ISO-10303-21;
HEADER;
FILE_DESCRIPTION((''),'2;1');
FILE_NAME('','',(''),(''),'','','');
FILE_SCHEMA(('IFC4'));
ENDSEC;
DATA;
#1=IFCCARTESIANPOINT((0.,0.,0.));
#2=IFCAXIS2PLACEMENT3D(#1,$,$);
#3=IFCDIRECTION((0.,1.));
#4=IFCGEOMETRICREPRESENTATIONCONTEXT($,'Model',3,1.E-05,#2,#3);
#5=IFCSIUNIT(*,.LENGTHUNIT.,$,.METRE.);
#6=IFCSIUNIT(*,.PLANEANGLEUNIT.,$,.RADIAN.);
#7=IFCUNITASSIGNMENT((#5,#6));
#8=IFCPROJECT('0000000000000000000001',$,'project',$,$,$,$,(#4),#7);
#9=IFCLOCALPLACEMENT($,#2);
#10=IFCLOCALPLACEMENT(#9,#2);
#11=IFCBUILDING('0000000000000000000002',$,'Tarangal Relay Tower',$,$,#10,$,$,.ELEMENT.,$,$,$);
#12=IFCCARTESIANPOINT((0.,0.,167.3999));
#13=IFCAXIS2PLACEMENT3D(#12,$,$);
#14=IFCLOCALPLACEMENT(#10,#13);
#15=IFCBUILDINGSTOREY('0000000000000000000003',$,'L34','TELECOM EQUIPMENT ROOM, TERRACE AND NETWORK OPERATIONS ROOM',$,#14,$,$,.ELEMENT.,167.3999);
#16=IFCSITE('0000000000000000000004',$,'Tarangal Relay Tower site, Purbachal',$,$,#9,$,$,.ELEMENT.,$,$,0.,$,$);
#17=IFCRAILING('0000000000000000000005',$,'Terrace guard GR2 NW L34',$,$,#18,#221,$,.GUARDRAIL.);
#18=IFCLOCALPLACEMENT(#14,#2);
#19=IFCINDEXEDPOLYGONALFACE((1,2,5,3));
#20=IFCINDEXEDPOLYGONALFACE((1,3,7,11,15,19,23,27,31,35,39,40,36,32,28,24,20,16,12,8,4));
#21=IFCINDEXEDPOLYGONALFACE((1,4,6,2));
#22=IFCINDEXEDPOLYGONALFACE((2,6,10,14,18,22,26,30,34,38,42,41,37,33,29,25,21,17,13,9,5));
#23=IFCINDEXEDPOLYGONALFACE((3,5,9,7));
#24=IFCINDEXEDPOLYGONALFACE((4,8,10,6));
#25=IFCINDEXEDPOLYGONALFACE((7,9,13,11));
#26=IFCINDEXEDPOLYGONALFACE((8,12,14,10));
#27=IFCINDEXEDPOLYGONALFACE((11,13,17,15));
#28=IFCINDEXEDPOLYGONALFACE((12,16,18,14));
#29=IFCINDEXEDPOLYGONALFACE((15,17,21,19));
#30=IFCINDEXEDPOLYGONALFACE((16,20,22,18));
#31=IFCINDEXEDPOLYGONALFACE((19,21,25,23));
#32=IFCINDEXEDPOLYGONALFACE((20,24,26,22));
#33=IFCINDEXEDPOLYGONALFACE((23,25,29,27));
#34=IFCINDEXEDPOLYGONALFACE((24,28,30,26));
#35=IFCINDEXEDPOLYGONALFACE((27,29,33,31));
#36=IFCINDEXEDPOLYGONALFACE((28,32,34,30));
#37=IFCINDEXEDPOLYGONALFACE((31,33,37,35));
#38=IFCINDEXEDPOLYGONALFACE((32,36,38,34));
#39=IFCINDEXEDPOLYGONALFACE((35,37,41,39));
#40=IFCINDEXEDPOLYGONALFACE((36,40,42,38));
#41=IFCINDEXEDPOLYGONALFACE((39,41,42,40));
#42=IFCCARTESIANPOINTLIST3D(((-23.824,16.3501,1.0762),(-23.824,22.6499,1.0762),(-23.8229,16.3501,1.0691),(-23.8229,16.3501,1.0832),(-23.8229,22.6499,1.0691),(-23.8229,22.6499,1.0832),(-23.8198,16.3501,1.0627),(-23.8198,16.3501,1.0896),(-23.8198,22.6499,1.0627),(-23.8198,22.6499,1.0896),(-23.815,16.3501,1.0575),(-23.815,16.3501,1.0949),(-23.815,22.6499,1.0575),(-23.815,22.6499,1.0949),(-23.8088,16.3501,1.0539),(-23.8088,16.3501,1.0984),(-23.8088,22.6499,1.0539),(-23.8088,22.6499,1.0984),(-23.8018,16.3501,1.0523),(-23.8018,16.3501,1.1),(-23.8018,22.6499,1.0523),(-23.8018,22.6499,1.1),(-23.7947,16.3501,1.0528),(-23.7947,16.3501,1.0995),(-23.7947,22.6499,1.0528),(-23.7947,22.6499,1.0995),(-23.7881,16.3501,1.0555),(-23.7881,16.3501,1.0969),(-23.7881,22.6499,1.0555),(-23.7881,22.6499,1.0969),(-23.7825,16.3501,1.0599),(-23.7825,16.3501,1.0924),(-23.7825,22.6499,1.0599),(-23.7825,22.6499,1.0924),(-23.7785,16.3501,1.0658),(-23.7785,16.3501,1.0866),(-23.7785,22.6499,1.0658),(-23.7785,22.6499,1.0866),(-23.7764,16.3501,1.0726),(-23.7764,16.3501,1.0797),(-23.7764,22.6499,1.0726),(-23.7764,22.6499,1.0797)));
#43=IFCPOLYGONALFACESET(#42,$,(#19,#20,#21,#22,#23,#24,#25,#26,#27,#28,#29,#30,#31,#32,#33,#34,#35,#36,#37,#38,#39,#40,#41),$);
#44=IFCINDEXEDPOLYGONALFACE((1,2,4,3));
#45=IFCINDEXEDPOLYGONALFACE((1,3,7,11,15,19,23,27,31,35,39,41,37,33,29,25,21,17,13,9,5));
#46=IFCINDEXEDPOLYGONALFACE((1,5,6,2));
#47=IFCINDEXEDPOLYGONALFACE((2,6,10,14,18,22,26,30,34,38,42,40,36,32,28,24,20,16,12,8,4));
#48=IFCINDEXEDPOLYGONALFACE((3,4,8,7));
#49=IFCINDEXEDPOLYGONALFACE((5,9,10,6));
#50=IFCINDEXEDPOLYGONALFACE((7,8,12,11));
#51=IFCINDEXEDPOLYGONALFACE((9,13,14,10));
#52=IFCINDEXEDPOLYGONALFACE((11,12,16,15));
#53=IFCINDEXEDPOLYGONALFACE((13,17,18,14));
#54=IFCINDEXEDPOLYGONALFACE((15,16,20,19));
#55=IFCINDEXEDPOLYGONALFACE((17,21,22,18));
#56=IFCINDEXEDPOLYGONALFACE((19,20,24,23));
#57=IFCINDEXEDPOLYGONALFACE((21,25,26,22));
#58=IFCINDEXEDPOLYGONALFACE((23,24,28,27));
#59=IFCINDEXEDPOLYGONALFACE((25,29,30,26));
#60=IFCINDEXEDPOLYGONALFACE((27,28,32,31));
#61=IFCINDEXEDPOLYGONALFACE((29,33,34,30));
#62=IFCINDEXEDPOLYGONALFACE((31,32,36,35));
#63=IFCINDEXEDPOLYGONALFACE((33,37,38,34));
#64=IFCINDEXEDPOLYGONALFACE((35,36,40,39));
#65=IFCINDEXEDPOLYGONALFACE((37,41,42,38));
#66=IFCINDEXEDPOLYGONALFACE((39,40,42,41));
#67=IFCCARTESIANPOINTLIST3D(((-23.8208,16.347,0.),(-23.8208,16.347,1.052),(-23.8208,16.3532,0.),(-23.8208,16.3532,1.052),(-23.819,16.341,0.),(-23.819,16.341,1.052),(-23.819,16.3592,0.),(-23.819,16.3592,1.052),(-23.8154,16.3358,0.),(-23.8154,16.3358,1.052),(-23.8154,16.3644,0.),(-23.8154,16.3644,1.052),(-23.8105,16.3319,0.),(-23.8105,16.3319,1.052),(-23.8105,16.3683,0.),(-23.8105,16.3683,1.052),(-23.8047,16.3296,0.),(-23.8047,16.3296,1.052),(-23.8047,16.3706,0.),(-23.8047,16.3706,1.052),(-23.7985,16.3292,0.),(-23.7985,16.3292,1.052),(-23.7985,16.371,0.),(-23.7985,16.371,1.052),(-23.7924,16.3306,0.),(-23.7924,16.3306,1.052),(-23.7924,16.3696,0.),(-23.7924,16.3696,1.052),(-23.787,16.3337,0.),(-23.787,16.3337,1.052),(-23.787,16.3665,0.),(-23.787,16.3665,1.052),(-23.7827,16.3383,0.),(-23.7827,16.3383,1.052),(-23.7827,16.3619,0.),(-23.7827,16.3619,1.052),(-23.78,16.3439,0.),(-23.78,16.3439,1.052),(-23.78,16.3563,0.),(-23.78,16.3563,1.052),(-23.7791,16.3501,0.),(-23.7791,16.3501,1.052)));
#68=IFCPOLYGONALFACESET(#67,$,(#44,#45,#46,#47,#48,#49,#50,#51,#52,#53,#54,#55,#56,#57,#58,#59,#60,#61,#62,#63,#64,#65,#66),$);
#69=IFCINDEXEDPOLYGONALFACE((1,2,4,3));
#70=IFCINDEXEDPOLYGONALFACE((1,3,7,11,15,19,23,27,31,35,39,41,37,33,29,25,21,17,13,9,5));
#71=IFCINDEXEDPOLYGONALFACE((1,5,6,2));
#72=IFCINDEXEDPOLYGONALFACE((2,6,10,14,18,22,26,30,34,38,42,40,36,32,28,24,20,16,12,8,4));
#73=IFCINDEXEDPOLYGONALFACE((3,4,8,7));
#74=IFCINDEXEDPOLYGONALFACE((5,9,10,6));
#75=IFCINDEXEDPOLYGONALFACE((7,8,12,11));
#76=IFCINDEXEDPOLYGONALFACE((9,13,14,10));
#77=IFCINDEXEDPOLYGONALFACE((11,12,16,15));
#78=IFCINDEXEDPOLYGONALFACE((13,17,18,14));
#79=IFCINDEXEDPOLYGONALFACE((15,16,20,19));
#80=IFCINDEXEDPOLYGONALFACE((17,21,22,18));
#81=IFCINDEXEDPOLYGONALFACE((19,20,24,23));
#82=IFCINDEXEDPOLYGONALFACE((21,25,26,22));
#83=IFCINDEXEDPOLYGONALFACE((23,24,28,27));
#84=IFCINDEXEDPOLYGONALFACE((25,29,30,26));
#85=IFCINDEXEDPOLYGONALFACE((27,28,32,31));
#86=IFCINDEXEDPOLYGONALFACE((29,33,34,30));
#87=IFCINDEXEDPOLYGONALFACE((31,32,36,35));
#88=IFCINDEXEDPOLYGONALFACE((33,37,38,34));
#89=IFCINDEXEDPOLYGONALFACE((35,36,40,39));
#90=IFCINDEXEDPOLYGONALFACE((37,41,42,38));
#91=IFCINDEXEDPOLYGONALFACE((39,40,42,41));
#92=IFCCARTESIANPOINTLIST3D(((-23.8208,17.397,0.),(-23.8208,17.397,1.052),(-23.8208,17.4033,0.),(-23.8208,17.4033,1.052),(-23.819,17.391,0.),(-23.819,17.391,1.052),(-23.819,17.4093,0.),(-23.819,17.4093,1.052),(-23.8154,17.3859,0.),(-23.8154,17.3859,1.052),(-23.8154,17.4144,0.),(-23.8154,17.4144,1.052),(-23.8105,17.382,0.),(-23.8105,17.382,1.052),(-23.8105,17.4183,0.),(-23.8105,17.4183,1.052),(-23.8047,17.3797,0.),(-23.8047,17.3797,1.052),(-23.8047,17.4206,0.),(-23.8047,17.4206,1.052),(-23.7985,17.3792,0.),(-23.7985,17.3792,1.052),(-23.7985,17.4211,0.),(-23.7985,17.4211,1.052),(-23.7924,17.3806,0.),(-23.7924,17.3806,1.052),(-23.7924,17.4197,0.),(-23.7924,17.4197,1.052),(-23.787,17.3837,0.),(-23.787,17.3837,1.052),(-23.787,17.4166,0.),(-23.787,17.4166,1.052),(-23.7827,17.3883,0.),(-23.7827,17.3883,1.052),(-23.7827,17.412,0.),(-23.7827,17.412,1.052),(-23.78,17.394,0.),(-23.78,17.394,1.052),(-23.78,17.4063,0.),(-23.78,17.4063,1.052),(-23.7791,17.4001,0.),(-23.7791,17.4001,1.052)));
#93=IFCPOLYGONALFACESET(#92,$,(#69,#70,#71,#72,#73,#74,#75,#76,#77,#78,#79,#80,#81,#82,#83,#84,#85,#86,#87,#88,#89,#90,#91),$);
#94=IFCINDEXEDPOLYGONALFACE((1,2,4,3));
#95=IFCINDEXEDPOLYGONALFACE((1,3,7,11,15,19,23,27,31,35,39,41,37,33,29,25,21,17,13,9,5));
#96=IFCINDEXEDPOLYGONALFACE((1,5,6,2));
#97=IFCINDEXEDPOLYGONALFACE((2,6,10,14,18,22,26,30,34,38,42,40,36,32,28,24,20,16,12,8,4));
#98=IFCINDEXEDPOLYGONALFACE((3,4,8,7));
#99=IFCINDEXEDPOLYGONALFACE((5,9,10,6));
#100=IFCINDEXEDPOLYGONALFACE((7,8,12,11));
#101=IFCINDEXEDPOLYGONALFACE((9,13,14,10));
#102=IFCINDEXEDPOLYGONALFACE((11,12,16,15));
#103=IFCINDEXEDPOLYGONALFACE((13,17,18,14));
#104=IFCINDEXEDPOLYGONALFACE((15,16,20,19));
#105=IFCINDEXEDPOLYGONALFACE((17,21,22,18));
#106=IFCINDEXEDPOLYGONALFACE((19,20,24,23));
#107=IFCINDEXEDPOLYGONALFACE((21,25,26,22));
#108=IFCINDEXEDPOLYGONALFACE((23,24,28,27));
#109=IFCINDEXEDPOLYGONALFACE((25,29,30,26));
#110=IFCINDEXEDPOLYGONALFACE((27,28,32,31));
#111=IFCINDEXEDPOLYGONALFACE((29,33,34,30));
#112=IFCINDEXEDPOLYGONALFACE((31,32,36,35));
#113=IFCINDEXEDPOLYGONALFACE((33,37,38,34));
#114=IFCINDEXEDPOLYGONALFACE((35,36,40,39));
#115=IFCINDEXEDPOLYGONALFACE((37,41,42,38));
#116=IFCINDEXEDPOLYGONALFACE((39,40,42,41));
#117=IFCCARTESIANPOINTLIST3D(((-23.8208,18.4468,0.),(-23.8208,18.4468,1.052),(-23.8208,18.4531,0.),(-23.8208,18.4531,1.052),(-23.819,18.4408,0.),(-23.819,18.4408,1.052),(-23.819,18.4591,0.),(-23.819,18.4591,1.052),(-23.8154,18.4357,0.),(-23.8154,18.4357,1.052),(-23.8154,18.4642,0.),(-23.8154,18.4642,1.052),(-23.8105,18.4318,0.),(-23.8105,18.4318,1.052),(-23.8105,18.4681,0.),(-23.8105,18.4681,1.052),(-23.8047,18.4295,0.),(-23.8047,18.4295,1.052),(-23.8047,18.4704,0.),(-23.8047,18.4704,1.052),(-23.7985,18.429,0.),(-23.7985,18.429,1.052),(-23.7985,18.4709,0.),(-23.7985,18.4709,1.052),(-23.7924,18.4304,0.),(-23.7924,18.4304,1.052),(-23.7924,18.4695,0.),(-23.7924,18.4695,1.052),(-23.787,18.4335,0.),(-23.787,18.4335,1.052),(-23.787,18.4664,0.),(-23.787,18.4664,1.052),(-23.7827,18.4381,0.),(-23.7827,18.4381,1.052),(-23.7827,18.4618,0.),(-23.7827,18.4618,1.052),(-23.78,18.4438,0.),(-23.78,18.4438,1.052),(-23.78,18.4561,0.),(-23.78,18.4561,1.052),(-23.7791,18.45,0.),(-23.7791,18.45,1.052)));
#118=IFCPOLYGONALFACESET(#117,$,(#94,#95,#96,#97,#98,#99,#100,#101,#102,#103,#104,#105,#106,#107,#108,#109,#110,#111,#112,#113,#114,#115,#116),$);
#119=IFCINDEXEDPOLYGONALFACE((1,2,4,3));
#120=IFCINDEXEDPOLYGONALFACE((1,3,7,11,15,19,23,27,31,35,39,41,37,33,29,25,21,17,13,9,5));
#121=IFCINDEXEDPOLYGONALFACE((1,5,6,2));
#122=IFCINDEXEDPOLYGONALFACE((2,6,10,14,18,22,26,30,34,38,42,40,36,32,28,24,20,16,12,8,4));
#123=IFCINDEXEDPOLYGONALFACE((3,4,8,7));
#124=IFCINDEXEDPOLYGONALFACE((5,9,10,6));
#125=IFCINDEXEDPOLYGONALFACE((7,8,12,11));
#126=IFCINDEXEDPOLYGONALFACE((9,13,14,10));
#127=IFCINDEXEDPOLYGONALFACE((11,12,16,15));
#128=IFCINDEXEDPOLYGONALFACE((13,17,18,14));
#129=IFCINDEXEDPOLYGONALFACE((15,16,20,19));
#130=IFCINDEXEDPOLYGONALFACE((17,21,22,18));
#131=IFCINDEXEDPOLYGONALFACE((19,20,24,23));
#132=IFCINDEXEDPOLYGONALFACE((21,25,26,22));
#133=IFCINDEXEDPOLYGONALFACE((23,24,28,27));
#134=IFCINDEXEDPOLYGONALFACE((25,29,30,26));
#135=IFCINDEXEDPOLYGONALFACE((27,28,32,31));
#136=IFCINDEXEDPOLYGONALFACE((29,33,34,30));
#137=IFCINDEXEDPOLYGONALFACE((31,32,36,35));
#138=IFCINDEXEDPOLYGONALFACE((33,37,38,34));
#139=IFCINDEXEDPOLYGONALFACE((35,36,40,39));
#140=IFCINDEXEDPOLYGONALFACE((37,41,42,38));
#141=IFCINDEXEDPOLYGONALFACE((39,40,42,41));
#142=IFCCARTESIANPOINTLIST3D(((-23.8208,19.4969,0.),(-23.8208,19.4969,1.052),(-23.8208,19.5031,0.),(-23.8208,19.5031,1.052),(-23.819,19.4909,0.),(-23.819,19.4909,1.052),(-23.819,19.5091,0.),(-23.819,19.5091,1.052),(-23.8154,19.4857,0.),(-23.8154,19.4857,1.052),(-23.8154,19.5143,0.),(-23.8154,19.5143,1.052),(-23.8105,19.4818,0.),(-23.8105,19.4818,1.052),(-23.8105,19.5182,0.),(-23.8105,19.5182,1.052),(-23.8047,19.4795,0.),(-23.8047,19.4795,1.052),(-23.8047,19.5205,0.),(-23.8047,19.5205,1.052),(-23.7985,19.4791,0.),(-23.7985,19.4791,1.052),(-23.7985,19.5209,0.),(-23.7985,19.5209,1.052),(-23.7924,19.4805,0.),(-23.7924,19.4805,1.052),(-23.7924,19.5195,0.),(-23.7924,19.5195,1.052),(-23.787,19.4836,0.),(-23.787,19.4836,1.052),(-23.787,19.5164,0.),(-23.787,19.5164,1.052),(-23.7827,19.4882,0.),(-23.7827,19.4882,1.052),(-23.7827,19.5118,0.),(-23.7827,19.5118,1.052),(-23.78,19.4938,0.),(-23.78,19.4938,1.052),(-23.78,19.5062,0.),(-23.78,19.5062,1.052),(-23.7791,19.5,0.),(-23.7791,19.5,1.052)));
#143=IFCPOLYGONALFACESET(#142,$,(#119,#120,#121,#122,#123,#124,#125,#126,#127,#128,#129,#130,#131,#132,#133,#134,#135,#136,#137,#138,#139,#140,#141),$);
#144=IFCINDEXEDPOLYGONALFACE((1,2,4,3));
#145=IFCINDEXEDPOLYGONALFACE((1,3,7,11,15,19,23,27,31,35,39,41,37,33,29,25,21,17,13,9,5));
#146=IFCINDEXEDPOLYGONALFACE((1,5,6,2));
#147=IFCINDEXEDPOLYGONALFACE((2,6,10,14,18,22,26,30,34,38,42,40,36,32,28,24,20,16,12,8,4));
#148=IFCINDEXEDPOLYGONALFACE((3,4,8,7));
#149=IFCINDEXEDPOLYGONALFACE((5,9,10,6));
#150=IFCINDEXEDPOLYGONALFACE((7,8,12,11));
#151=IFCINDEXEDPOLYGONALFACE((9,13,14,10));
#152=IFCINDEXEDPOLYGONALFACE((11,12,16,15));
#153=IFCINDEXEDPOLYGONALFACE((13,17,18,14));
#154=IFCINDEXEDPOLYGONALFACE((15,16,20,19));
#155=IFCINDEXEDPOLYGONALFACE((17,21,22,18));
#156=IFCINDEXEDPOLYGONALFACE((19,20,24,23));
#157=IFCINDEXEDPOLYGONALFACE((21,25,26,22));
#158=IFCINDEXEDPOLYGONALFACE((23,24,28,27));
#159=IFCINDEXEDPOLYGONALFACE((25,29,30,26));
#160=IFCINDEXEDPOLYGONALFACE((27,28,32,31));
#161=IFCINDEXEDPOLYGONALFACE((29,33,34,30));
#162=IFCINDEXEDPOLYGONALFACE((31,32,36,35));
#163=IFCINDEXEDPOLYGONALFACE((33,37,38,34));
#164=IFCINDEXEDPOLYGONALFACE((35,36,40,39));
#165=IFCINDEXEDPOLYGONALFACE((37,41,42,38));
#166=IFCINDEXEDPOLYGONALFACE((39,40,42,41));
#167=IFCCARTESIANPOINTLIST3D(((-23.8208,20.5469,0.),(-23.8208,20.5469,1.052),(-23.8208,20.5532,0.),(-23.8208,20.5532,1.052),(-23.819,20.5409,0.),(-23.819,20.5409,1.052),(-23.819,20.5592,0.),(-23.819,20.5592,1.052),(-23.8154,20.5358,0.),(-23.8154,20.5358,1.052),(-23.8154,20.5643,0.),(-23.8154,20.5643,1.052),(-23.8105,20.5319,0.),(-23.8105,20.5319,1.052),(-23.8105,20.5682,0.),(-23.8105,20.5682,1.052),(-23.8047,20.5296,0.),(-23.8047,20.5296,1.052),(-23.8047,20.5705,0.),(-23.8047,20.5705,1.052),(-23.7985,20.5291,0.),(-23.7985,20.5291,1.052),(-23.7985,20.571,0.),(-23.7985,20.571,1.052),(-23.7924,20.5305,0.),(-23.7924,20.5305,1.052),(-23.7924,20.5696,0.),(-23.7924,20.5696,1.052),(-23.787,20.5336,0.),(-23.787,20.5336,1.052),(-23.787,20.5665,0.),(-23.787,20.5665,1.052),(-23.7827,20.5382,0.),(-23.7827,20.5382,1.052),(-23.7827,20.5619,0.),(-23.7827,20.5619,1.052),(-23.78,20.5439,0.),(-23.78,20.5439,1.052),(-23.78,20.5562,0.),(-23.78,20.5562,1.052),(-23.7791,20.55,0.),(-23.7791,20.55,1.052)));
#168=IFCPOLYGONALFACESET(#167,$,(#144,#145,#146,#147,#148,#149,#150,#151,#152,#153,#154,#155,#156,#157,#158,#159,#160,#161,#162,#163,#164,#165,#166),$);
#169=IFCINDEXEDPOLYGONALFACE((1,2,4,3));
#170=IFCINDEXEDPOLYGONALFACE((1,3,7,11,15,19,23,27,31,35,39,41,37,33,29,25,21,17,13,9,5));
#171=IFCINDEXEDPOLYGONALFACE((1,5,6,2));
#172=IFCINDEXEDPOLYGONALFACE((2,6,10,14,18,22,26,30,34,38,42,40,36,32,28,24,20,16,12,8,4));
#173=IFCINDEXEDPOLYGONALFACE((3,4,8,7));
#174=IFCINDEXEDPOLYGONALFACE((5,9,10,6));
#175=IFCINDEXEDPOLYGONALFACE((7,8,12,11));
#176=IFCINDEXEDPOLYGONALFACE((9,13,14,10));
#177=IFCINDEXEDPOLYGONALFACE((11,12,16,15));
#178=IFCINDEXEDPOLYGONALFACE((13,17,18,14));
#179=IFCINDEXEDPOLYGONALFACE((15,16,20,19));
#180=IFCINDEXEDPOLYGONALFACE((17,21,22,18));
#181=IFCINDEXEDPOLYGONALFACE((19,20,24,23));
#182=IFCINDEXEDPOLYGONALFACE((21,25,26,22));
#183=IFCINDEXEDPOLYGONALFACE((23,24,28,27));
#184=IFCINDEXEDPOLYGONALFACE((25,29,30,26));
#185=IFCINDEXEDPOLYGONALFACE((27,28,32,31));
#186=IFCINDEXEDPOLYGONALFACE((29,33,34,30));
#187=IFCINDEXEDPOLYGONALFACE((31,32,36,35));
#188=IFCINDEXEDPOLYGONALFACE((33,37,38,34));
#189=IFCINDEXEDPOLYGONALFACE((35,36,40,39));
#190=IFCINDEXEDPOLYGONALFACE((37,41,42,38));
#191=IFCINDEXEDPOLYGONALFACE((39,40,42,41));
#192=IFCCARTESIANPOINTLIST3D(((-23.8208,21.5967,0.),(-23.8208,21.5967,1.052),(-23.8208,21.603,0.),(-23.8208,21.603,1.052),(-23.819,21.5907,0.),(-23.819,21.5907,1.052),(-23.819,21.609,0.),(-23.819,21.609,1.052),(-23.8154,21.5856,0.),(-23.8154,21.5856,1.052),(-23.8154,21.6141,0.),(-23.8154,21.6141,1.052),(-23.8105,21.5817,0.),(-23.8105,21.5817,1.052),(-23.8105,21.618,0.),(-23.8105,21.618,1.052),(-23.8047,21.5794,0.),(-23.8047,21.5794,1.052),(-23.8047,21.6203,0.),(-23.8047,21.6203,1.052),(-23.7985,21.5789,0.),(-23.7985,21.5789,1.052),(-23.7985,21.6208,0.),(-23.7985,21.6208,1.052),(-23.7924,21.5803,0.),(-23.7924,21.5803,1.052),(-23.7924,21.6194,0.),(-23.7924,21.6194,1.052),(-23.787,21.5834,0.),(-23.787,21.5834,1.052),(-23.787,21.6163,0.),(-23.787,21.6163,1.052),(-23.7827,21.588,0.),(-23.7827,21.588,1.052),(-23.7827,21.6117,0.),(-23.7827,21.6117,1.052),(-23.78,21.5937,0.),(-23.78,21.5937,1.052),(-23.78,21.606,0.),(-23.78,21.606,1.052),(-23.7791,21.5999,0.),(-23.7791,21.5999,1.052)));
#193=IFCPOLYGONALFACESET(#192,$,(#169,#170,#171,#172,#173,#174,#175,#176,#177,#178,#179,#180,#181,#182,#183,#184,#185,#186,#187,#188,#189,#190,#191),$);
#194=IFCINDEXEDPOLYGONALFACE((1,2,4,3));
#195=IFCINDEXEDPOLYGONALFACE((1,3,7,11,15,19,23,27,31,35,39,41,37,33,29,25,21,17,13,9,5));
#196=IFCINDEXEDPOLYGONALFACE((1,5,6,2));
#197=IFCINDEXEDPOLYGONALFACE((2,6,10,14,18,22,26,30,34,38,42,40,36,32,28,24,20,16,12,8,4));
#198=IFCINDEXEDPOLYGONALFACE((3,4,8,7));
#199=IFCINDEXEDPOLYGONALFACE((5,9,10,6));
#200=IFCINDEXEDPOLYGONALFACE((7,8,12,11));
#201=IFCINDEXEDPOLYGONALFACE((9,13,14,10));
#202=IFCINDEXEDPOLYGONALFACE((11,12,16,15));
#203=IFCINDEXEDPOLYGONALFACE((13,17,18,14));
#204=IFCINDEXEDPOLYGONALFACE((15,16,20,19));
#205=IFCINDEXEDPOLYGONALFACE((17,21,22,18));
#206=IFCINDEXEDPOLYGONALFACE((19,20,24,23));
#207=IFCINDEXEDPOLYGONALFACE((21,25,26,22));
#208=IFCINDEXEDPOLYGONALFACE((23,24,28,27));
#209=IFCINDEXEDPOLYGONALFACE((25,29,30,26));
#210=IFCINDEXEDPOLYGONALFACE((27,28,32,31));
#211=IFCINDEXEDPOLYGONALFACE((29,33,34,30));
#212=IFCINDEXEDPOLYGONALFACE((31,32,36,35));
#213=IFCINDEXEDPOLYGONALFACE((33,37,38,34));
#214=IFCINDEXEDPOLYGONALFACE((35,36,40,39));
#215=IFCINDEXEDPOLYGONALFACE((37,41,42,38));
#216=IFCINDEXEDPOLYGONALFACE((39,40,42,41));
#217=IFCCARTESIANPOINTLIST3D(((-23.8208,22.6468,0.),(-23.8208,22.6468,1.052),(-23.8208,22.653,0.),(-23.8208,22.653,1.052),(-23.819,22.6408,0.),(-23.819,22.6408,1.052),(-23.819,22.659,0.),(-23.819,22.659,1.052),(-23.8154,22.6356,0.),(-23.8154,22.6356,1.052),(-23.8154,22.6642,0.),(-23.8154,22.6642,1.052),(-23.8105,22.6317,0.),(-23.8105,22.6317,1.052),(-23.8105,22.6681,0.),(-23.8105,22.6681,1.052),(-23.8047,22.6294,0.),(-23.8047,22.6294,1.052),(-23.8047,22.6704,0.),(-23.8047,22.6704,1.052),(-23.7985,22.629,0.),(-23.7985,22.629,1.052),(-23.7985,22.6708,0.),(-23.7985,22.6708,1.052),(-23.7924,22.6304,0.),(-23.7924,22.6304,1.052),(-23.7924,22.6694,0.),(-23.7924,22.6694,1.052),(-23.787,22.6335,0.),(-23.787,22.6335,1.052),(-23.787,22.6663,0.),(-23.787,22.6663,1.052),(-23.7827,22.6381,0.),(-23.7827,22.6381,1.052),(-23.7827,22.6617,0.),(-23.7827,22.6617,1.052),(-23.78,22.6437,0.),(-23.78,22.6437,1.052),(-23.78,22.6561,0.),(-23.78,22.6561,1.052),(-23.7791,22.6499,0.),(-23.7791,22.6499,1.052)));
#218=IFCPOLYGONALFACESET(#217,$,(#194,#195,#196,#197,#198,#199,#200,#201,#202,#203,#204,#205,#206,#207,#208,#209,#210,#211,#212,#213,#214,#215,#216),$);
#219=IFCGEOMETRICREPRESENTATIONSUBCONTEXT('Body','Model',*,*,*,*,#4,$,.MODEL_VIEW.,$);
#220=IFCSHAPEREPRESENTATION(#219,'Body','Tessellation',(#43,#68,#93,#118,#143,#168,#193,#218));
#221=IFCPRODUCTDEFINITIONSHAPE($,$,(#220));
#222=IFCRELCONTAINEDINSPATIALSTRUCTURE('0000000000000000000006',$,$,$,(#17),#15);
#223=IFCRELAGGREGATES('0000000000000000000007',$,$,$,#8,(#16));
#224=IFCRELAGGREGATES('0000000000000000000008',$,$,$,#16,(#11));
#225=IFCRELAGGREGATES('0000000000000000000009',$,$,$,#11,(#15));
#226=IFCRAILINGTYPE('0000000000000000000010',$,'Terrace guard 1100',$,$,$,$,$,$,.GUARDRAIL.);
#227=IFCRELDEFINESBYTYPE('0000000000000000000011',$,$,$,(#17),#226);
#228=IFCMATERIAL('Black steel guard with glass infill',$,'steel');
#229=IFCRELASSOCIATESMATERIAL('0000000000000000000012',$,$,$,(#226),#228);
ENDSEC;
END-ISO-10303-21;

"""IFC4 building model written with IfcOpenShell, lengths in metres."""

from ifc_helpers import new_model, si_unit, direction, frame, origin, origin_2d, place, context, subcontext, project, spatial, circle, extrude, material, type_object, element, save


model = new_model("IFC4")

# Units and contexts
model_context = context("Model", 3, precision=1e-05, world=origin(), true_north=direction((0.0, 1.0)))
body_context = subcontext(model_context, "Body", "Model", "MODEL_VIEW")
ifc_project = project(units=[si_unit("LENGTHUNIT", "METRE"), si_unit("PLANEANGLEUNIT", "RADIAN")], contexts=[model_context])

# Site, building, storey
site_placement = place(None, origin())
site = spatial("IfcSite", under=ifc_project, at=site_placement, Name="Tarangal Relay Tower site, Purbachal", CompositionType="ELEMENT", RefElevation=0.0)
building_placement = place(site_placement, origin())
building = spatial("IfcBuilding", under=site, at=building_placement, Name="Tarangal Relay Tower", CompositionType="ELEMENT")
storey_placement = place(building_placement, frame((0.0, 0.0, 167.3999)))
storey = spatial("IfcBuildingStorey", under=building, at=storey_placement, Name="L34", Description="TELECOM EQUIPMENT ROOM, TERRACE AND NETWORK OPERATIONS ROOM", CompositionType="ELEMENT", Elevation=167.3999)

# Railing
ifc_material_1 = material(Name="Black steel guard with glass infill", Category="steel")
railing_type = type_object("IfcRailingType", Name="Terrace guard 1100", PredefinedType="GUARDRAIL", material=ifc_material_1)
railing_1_placement = place(storey_placement, frame((-23.8, 16.3501, 0.0)))
element("IfcRailing", 1, at=railing_1_placement, inside=storey, type_object=railing_type, Name="Terrace guard GR2 NW L34", PredefinedType="GUARDRAIL", context=body_context, shape_type="SweptSolid", body=[
    extrude(circle(Radius=0.0239, at=origin_2d()), frame((0.0, 0.0, 1.0762), z_axis=(0.0, 1.0, 0.0), x_axis=(-1.0, 0.0, 0.0)), (0.0, 0.0, 1.0), 6.2998),
    extrude(circle(Radius=0.021, at=origin_2d()), origin(), (0.0, 0.0, 1.0), 1.052),
    extrude(circle(Radius=0.021, at=origin_2d()), frame((0.0, 1.05, 0.0)), (0.0, 0.0, 1.0), 1.052),
    extrude(circle(Radius=0.021, at=origin_2d()), frame((0.0, 2.0999, 0.0)), (0.0, 0.0, 1.0), 1.052),
    extrude(circle(Radius=0.021, at=origin_2d()), frame((0.0, 3.1499, 0.0)), (0.0, 0.0, 1.0), 1.052),
    extrude(circle(Radius=0.021, at=origin_2d()), frame((0.0, 4.2, 0.0)), (0.0, 0.0, 1.0), 1.052),
    extrude(circle(Radius=0.021, at=origin_2d()), frame((0.0, 5.2498, 0.0)), (0.0, 0.0, 1.0), 1.052),
    extrude(circle(Radius=0.021, at=origin_2d()), frame((0.0, 6.2998, 0.0)), (0.0, 0.0, 1.0), 1.052),
])

save(model, "model.ifc")
